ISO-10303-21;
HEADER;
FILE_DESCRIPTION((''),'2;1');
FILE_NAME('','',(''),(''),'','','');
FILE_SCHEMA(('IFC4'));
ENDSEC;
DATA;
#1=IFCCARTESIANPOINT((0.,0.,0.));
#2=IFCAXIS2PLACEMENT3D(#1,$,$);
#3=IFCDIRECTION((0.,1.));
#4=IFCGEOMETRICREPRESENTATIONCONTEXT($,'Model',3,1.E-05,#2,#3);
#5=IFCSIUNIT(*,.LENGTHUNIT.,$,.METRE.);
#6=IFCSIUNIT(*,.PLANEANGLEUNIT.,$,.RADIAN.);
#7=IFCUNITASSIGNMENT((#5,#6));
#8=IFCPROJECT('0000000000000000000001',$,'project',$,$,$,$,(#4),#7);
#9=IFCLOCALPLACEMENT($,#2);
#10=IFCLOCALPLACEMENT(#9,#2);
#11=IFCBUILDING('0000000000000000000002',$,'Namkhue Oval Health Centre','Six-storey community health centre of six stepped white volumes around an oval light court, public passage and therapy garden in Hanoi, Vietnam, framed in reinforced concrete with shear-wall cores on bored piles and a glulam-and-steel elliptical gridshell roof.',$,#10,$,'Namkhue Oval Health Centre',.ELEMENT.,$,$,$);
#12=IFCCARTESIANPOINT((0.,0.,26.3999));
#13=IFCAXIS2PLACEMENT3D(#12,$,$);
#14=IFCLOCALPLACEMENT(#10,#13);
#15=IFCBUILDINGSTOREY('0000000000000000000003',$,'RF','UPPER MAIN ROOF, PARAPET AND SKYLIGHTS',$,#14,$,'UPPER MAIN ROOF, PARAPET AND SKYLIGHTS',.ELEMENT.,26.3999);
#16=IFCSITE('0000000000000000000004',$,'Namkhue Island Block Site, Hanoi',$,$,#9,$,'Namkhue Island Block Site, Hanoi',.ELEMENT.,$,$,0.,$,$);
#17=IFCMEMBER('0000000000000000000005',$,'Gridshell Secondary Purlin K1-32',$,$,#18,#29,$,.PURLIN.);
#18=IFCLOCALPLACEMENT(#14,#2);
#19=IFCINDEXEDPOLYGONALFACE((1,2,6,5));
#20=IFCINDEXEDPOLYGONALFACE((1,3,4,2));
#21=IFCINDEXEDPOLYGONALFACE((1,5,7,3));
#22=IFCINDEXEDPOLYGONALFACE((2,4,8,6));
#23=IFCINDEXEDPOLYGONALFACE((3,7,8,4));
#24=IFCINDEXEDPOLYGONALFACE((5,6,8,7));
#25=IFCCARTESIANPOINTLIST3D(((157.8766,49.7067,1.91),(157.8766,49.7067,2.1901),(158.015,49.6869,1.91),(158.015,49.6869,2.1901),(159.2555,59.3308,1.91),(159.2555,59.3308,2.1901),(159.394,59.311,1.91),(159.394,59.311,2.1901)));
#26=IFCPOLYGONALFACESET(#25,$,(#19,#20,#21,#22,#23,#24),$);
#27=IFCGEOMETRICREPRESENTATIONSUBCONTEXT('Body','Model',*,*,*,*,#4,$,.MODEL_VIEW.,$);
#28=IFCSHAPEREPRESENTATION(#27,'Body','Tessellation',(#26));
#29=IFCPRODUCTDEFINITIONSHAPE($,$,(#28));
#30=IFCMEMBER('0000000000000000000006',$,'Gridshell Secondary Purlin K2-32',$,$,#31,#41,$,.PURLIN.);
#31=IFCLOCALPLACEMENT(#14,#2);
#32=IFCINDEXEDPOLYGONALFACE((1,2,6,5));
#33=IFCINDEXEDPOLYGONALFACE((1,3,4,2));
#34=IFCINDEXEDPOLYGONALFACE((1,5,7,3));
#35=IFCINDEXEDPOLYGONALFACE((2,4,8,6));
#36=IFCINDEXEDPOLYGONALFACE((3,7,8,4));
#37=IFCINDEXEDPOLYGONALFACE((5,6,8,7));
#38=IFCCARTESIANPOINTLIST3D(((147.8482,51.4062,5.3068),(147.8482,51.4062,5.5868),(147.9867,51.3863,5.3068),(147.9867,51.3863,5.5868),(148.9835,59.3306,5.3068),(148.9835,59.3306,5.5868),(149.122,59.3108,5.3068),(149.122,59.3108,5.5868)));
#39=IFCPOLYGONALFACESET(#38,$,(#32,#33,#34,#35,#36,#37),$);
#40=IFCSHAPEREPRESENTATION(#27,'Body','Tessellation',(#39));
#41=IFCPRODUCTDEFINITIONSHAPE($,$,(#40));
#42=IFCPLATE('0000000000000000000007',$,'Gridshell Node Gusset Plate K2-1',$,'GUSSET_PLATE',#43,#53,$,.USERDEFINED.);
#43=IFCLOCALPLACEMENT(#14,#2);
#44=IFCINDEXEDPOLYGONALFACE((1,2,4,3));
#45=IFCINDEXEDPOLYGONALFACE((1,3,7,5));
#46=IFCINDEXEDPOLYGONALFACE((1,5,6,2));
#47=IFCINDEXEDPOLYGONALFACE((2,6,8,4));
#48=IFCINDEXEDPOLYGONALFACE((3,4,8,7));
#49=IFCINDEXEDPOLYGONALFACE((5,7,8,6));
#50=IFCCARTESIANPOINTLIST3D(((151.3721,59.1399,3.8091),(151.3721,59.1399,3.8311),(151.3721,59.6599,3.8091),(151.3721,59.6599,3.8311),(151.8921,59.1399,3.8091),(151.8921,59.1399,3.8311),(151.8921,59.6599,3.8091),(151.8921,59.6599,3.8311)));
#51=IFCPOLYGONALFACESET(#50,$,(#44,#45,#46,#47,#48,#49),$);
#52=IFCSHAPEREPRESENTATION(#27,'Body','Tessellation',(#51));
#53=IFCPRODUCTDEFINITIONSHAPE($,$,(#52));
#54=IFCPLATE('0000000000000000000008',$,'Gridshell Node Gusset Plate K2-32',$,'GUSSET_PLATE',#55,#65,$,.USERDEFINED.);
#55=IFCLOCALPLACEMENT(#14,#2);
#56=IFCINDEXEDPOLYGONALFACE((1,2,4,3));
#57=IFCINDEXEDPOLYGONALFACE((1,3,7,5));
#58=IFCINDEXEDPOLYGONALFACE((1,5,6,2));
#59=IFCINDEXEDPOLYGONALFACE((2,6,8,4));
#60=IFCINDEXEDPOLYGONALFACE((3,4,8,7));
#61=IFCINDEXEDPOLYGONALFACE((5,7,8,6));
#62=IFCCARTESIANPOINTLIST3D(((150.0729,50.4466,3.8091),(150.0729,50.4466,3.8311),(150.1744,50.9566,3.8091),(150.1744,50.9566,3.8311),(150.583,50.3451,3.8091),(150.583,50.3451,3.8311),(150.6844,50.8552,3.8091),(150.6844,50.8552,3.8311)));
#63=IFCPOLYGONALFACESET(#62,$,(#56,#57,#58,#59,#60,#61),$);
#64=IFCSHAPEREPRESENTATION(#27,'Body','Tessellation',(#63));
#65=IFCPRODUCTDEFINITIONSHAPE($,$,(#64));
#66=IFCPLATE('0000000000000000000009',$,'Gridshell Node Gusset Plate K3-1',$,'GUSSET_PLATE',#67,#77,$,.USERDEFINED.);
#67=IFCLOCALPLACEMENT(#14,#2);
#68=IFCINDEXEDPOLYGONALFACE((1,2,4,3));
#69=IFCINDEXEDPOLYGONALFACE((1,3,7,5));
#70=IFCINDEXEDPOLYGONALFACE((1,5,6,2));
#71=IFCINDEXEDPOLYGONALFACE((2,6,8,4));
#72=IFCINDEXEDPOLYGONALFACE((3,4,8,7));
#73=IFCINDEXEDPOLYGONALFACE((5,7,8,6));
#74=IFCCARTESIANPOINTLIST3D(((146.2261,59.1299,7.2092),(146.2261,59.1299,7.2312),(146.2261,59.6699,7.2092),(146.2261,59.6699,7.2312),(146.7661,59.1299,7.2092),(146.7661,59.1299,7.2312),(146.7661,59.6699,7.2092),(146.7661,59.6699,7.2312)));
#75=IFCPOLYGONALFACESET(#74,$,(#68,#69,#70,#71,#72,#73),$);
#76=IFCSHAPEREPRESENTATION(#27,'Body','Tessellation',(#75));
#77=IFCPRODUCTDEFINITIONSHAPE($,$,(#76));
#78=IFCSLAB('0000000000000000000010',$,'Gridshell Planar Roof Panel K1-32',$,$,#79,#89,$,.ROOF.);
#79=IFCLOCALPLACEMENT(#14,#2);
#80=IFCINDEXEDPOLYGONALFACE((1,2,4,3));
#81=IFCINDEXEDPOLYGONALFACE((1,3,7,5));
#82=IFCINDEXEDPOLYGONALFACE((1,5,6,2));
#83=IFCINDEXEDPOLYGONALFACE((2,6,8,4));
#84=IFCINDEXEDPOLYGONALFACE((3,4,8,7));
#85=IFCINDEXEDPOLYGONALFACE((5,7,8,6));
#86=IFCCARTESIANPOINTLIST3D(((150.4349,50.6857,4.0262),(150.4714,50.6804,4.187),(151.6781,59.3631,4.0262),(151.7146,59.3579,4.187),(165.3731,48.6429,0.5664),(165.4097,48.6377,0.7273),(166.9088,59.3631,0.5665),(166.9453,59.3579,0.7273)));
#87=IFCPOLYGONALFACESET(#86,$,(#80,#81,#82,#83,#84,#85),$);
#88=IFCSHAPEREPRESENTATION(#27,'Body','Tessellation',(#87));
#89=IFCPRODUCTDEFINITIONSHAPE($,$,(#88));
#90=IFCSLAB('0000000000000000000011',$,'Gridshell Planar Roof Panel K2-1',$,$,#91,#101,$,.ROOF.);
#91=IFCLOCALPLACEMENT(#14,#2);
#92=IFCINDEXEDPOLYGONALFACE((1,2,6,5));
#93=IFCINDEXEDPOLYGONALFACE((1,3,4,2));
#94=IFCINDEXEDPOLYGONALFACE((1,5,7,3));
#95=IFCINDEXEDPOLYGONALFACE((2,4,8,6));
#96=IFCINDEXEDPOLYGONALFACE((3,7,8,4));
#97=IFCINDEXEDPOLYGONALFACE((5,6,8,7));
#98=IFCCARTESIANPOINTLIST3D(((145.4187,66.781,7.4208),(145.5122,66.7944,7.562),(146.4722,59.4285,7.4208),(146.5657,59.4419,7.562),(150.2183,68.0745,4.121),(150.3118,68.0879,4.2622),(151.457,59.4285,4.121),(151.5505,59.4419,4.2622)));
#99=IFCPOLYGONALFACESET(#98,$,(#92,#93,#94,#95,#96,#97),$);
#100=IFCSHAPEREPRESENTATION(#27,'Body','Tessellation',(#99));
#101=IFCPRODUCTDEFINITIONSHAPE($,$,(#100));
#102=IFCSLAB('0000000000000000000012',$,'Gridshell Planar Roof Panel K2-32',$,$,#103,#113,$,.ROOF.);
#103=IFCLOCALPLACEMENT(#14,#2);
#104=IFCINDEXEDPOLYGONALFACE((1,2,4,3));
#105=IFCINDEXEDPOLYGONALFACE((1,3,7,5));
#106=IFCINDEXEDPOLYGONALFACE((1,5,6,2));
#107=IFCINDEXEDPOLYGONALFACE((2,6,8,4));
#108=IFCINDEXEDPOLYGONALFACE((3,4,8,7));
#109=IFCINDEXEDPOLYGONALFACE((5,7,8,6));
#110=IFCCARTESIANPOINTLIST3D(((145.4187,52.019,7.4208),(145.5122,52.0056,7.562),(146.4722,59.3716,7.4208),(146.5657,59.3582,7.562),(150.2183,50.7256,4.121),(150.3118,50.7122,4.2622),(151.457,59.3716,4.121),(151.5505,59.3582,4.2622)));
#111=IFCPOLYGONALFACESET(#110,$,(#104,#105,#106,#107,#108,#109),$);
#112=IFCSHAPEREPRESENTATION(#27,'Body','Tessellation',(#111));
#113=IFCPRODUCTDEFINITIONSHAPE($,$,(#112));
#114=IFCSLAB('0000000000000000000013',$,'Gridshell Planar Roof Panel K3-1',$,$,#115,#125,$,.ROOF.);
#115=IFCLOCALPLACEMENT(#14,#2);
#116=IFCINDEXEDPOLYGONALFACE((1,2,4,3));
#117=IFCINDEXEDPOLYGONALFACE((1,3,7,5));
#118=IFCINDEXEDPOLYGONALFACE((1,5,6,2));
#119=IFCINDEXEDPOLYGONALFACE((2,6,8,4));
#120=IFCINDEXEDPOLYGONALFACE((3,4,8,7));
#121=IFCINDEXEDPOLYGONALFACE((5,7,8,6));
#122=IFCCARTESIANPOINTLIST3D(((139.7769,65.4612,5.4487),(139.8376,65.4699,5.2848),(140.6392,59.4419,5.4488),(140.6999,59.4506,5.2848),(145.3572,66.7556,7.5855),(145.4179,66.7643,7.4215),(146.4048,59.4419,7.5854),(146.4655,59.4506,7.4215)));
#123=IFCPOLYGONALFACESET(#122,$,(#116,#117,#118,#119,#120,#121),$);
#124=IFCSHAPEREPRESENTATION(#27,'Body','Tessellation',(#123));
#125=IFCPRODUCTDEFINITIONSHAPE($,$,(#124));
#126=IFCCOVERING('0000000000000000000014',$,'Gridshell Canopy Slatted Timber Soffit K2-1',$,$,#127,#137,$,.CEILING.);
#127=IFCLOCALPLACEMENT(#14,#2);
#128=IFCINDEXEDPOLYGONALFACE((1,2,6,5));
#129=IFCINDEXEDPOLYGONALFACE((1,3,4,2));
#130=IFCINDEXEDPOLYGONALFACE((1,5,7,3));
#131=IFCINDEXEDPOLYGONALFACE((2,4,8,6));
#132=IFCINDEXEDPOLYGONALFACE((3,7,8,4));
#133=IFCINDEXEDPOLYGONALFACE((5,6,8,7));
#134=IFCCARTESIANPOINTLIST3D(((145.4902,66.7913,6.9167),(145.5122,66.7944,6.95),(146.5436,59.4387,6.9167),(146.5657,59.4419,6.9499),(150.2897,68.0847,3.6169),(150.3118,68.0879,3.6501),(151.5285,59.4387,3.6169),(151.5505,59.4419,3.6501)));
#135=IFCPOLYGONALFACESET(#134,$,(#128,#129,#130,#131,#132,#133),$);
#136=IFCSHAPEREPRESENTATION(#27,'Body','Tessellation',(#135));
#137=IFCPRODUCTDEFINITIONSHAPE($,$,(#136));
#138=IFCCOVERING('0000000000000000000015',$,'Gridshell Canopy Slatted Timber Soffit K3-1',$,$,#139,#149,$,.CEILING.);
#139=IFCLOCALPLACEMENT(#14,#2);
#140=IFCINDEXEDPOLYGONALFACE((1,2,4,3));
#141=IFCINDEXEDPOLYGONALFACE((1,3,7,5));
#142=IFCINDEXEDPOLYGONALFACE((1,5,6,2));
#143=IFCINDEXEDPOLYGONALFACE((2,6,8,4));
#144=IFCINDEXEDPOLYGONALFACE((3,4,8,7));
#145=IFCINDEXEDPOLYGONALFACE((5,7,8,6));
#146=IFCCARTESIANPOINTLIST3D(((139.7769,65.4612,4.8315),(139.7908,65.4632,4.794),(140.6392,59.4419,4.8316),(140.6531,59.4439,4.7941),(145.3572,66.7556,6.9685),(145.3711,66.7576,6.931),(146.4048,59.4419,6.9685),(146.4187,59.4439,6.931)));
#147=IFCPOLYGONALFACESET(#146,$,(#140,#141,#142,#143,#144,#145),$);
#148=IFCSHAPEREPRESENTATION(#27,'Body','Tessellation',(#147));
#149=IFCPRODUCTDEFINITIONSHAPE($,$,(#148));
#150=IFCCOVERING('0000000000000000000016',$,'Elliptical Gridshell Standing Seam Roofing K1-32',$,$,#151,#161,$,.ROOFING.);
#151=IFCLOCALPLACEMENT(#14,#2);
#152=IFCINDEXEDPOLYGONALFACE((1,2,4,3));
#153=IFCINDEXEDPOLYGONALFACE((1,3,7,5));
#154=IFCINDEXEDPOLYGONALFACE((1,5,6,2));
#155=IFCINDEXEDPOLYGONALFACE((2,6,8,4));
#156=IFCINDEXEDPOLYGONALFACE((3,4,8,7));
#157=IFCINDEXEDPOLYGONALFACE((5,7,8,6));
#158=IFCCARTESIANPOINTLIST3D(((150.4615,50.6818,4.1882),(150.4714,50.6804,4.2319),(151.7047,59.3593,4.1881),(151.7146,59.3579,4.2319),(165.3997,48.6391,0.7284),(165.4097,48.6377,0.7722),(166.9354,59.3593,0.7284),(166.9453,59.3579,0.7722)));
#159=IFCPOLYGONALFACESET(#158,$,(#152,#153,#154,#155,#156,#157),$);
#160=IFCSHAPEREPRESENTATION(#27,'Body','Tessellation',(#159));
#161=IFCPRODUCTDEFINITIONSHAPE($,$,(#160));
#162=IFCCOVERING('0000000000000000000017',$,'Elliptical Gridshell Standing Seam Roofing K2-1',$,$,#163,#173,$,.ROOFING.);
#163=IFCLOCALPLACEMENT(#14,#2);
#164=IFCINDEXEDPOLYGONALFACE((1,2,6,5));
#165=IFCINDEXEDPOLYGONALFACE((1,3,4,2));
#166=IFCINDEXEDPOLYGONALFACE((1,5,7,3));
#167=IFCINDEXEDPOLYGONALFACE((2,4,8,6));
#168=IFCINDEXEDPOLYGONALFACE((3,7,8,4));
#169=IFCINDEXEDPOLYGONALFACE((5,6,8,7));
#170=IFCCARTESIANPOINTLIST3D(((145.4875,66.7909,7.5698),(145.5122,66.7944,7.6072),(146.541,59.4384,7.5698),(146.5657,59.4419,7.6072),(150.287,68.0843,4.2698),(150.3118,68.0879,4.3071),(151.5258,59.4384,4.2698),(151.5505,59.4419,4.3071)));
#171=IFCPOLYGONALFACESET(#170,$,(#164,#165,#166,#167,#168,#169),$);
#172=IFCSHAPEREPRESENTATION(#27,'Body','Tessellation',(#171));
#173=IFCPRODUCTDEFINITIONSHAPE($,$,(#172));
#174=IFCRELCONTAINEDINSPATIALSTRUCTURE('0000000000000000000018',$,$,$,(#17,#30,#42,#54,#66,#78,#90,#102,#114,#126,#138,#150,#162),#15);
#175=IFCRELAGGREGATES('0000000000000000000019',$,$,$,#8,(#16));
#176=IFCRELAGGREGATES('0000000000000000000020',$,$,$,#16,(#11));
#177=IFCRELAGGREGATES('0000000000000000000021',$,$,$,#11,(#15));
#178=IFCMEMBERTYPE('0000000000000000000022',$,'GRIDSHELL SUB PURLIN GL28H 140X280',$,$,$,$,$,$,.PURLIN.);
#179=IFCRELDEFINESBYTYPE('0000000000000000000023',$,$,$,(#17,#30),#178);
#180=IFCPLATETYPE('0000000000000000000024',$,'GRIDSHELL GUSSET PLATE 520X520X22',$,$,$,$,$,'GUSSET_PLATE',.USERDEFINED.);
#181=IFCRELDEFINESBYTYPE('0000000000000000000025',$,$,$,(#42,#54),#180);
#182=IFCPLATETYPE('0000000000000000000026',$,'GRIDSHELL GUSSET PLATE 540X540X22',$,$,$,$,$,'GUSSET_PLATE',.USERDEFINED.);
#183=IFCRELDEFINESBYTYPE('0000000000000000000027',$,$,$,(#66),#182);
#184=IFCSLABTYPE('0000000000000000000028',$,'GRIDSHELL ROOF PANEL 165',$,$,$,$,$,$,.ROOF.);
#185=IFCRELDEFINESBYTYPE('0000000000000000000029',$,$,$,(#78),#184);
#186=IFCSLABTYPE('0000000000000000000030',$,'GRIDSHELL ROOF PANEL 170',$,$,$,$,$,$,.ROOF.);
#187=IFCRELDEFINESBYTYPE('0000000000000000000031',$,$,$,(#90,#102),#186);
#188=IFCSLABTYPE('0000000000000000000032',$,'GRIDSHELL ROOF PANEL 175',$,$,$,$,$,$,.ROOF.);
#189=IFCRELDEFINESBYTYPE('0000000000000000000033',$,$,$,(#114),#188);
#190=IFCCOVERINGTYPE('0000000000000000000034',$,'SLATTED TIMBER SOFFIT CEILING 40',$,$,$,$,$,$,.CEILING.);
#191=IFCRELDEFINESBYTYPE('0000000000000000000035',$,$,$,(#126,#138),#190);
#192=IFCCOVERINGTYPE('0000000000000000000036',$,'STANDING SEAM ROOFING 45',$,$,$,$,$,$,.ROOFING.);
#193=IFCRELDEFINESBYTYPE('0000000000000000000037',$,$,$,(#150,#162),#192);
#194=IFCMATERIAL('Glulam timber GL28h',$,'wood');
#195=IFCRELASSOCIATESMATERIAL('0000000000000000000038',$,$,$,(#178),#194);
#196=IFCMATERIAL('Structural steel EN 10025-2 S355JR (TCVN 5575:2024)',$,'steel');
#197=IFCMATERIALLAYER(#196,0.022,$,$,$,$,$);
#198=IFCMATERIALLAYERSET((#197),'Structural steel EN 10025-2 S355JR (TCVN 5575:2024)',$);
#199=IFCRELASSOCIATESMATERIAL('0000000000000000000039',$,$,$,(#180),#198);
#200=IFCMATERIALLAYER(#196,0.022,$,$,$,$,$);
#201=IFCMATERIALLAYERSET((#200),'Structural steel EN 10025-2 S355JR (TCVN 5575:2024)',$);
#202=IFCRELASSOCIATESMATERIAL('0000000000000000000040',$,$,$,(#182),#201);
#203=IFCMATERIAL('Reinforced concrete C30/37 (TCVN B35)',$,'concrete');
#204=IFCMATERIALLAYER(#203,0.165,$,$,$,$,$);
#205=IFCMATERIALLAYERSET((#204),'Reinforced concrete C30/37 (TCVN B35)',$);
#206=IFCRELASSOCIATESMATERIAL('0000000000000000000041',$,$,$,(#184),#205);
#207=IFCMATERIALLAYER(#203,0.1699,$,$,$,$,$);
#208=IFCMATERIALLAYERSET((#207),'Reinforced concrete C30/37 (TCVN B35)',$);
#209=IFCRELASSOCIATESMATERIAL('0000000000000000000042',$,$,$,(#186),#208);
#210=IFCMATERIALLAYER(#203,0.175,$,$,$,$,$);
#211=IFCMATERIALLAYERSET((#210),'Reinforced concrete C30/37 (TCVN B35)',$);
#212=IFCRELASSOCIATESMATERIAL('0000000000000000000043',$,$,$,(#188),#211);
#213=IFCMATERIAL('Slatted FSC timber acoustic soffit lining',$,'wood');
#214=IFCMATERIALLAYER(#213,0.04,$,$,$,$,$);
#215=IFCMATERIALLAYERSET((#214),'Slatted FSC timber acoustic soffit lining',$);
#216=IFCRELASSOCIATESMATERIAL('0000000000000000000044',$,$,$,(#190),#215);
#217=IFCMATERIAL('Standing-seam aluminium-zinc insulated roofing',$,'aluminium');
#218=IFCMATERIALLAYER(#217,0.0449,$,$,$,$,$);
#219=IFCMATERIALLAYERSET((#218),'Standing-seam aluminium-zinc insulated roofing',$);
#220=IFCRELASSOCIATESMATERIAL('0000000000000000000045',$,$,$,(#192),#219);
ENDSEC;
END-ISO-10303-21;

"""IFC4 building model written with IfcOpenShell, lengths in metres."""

from ifc_helpers import new_model, si_unit, direction, frame, origin, origin_2d, place, context, subcontext, project, spatial, polyline, rectangle, outline, extrude, material, layer, layer_set, material_profile, profile_set, type_object, element, save


model = new_model("IFC4")

# Units and contexts
model_context = context("Model", 3, precision=1e-05, world=origin(), true_north=direction((0.0, 1.0)))
body_context = subcontext(model_context, "Body", "Model", "MODEL_VIEW")
ifc_project = project(units=[si_unit("LENGTHUNIT", "METRE"), si_unit("PLANEANGLEUNIT", "RADIAN")], contexts=[model_context])

# Site, building, storey
site_placement = place(None, origin())
site = spatial("IfcSite", under=ifc_project, at=site_placement, Name="Namkhue Island Block Site, Hanoi", LongName="Namkhue Island Block Site, Hanoi", CompositionType="ELEMENT", RefElevation=0.0)
building_placement = place(site_placement, origin())
building = spatial("IfcBuilding", under=site, at=building_placement, Name="Namkhue Oval Health Centre", Description="Six-storey community health centre of six stepped white volumes around an oval light court, public passage and therapy garden in Hanoi, Vietnam, framed in reinforced concrete with shear-wall cores on bored piles and a glulam-and-steel elliptical gridshell roof.", LongName="Namkhue Oval Health Centre", CompositionType="ELEMENT")
storey_placement = place(building_placement, frame((0.0, 0.0, 26.3999)))
storey = spatial("IfcBuildingStorey", under=building, at=storey_placement, Name="RF", Description="UPPER MAIN ROOF, PARAPET AND SKYLIGHTS", LongName="UPPER MAIN ROOF, PARAPET AND SKYLIGHTS", CompositionType="ELEMENT", Elevation=26.3999)

# Members
ifc_material_1 = material(Name="Structural steel EN 10025-2 S355JR (TCVN 5575:2024)", Category="steel")
ifc_material_2 = material(Name="Glulam timber GL28h", Category="wood")
ifc_material_profile_1 = material_profile(ifc_material_2, rectangle(XDim=0.1399, YDim=0.28, at=origin_2d()), Name="GL28h 140x280")
ifc_profile_set_1 = profile_set([ifc_material_profile_1], Name="Glulam timber GL28h")
member_type_1 = type_object("IfcMemberType", Name="GRIDSHELL SUB PURLIN GL28H 140X280", PredefinedType="PURLIN", material=ifc_profile_set_1)
member_1_placement = place(storey_placement, frame((157.9458, 49.6968, 2.05), z_axis=(0.141829, 0.989891, 0.0), x_axis=(-0.989891, 0.141829, 0.0)))
element("IfcMember", 1, at=member_1_placement, inside=storey, type_object=member_type_1, Name="Gridshell Secondary Purlin K1-32", PredefinedType="PURLIN", context=body_context, shape_type="SweptSolid", body=[
    extrude(rectangle(XDim=0.1399, YDim=0.28, at=origin_2d()), origin(), (0.0, 0.0, 1.0), 9.7224),
])
member_2_placement = place(storey_placement, frame((147.9175, 51.3962, 5.4468), z_axis=(0.14181, 0.989894, 0.0), x_axis=(-0.989894, 0.14181, 0.0)))
element("IfcMember", 2, at=member_2_placement, inside=storey, type_object=member_type_1, Name="Gridshell Secondary Purlin K2-32", PredefinedType="PURLIN", context=body_context, shape_type="SweptSolid", body=[
    extrude(rectangle(XDim=0.1399, YDim=0.28, at=origin_2d()), origin(), (0.0, 0.0, 1.0), 8.0054),
])

# Plates
ifc_layer_1 = layer(ifc_material_1, 0.022)
ifc_layer_set_1 = layer_set([ifc_layer_1], Name="Structural steel EN 10025-2 S355JR (TCVN 5575:2024)")
plate_type_1 = type_object("IfcPlateType", Name="GRIDSHELL GUSSET PLATE 520X520X22", ElementType="GUSSET_PLATE", PredefinedType="USERDEFINED", material=ifc_layer_set_1)
for number, where, z_axis, x_axis, name in (
    (3, (151.6321, 59.3999, 3.8091), (0.0, 0.0, 1.0), (1.0, 0.0, 0.0), "Gridshell Node Gusset Plate K2-1"),
    (4, (150.3787, 50.6509, 3.8091), (0.0, 0.0, 1.0), (0.980785, -0.19509, 0.0), "Gridshell Node Gusset Plate K2-32"),
):
    element("IfcPlate", number, at=place(storey_placement, frame(where, z_axis=z_axis, x_axis=x_axis)), inside=storey, type_object=plate_type_1, Name=name, ObjectType="GUSSET_PLATE", PredefinedType="USERDEFINED", context=body_context, shape_type="SweptSolid", body=[
        extrude(rectangle(XDim=0.52, YDim=0.52, at=origin_2d()), origin(), (0.0, 0.0, 1.0), 0.022),
    ])
ifc_layer_2 = layer(ifc_material_1, 0.022)
ifc_layer_set_2 = layer_set([ifc_layer_2], Name="Structural steel EN 10025-2 S355JR (TCVN 5575:2024)")
plate_type_2 = type_object("IfcPlateType", Name="GRIDSHELL GUSSET PLATE 540X540X22", ElementType="GUSSET_PLATE", PredefinedType="USERDEFINED", material=ifc_layer_set_2)
plate_placement = place(storey_placement, frame((146.4961, 59.3999, 7.2092), z_axis=(0.0, 0.0, 1.0), x_axis=(1.0, 0.0, 0.0)))
element("IfcPlate", 5, at=plate_placement, inside=storey, type_object=plate_type_2, Name="Gridshell Node Gusset Plate K3-1", ObjectType="GUSSET_PLATE", PredefinedType="USERDEFINED", context=body_context, shape_type="SweptSolid", body=[
    extrude(rectangle(XDim=0.54, YDim=0.54, at=origin_2d()), origin(), (0.0, 0.0, 1.0), 0.022),
])

# Slabs
ifc_material_3 = material(Name="Reinforced concrete C30/37 (TCVN B35)", Category="concrete")
ifc_layer_3 = layer(ifc_material_3, 0.165)
ifc_layer_set_3 = layer_set([ifc_layer_3], Name="Reinforced concrete C30/37 (TCVN B35)")
slab_type_1 = type_object("IfcSlabType", Name="GRIDSHELL ROOF PANEL 165", PredefinedType="ROOF", material=ifc_layer_set_3)
slab_1_placement = place(storey_placement, frame((165.4097, 48.6377, 0.7273), z_axis=(0.221399, -0.031716, 0.974668), x_axis=(0.1418, 0.989895, 0.000001)))
element("IfcSlab", 6, at=slab_1_placement, inside=storey, type_object=slab_type_1, Name="Gridshell Planar Roof Panel K1-32", PredefinedType="ROOF", context=body_context, shape_type="SweptSolid", body=[
    extrude(outline(polyline([(0.0, 0.0), (10.8296, 0.0), (8.6699, 15.4687), (-0.0962, 15.4688), (0.0, 0.0)])), origin(), (0.0, 0.0, -1.0), 0.165),
])
ifc_layer_4 = layer(ifc_material_3, 0.1699)
ifc_layer_set_4 = layer_set([ifc_layer_4], Name="Reinforced concrete C30/37 (TCVN B35)")
slab_type_2 = type_object("IfcSlabType", Name="GRIDSHELL ROOF PANEL 170", PredefinedType="ROOF", material=ifc_layer_set_4)
slab_2_placement = place(storey_placement, frame((151.5505, 59.4419, 4.2622), z_axis=(0.550264, 0.078841, 0.83126), x_axis=(-0.141829, 0.989891, -0.000001)))
element("IfcSlab", 7, at=slab_2_placement, inside=storey, type_object=slab_type_2, Name="Gridshell Planar Roof Panel K2-1", PredefinedType="ROOF", context=body_context, shape_type="SweptSolid", body=[
    extrude(outline(polyline([(0.0, 0.0), (8.7343, 0.0), (8.1346, 5.9362), (0.707, 5.9361), (0.0, 0.0)])), origin(), (0.0, 0.0, -1.0), 0.1699),
])
slab_3_placement = place(storey_placement, frame((150.3118, 50.7122, 4.2622), z_axis=(0.550264, -0.078841, 0.83126), x_axis=(0.141829, 0.989891, 0.000001)))
element("IfcSlab", 8, at=slab_3_placement, inside=storey, type_object=slab_type_2, Name="Gridshell Planar Roof Panel K2-32", PredefinedType="ROOF", context=body_context, shape_type="SweptSolid", body=[
    extrude(outline(polyline([(0.0, 0.0), (8.7343, 0.0), (8.0273, 5.9361), (0.5997, 5.9362), (0.0, 0.0)])), origin(), (0.0, 0.0, -1.0), 0.1699),
])
ifc_layer_5 = layer(ifc_material_3, 0.175)
ifc_layer_set_5 = layer_set([ifc_layer_5], Name="Reinforced concrete C30/37 (TCVN B35)")
slab_type_3 = type_object("IfcSlabType", Name="GRIDSHELL ROOF PANEL 175", PredefinedType="ROOF", material=ifc_layer_set_5)
slab_4_placement = place(storey_placement, frame((146.4048, 59.4419, 7.5854), z_axis=(-0.347068, -0.049716, 0.936521), x_axis=(-0.141792, 0.989896, 0.000003)))
element("IfcSlab", 9, at=slab_4_placement, inside=storey, type_object=slab_type_3, Name="Gridshell Planar Roof Panel K3-1", PredefinedType="ROOF", context=body_context, shape_type="SweptSolid", body=[
    extrude(outline(polyline([(0.0, 0.0), (7.3884, 0.0), (6.8983, 6.0943), (0.8175, 6.0942), (0.0, 0.0)])), origin(), (0.0, 0.0, -1.0), 0.175),
])

# Coverings
ifc_material_4 = material(Name="Slatted FSC timber acoustic soffit lining", Category="wood")
ifc_layer_6 = layer(ifc_material_4, 0.04)
ifc_layer_set_6 = layer_set([ifc_layer_6], Name="Slatted FSC timber acoustic soffit lining")
covering_type_1 = type_object("IfcCoveringType", Name="SLATTED TIMBER SOFFIT CEILING 40", PredefinedType="CEILING", material=ifc_layer_set_6)
covering_1_placement = place(storey_placement, frame((151.5505, 59.4419, 3.6501), z_axis=(0.550264, 0.078841, 0.83126), x_axis=(-0.141829, 0.989891, -0.000001)))
element("IfcCovering", 10, at=covering_1_placement, inside=storey, type_object=covering_type_1, Name="Gridshell Canopy Slatted Timber Soffit K2-1", PredefinedType="CEILING", context=body_context, shape_type="SweptSolid", body=[
    extrude(outline(polyline([(0.0, 0.0), (8.7343, 0.0), (8.1346, 5.9362), (0.707, 5.9361), (0.0, 0.0)])), origin(), (0.0, 0.0, -1.0), 0.04),
])
covering_2_placement = place(storey_placement, frame((146.4048, 59.4419, 6.9685), z_axis=(-0.347102, -0.049721, 0.936508), x_axis=(-0.141792, 0.989896, 0.000003)))
element("IfcCovering", 11, at=covering_2_placement, inside=storey, type_object=covering_type_1, Name="Gridshell Canopy Slatted Timber Soffit K3-1", PredefinedType="CEILING", context=body_context, shape_type="SweptSolid", body=[
    extrude(outline(polyline([(0.0, 0.0), (7.3884, 0.0), (6.8983, 6.0944), (0.8175, 6.0943), (0.0, 0.0)])), origin(), (0.0, 0.0, -1.0), 0.04),
])
ifc_material_5 = material(Name="Standing-seam aluminium-zinc insulated roofing", Category="aluminium")
ifc_layer_7 = layer(ifc_material_5, 0.0449)
ifc_layer_set_7 = layer_set([ifc_layer_7], Name="Standing-seam aluminium-zinc insulated roofing")
covering_type_2 = type_object("IfcCoveringType", Name="STANDING SEAM ROOFING 45", PredefinedType="ROOFING", material=ifc_layer_set_7)
covering_3_placement = place(storey_placement, frame((165.4097, 48.6377, 0.7722), z_axis=(0.221399, -0.031716, 0.974668), x_axis=(0.1418, 0.989895, 0.000001)))
element("IfcCovering", 12, at=covering_3_placement, inside=storey, type_object=covering_type_2, Name="Elliptical Gridshell Standing Seam Roofing K1-32", PredefinedType="ROOFING", context=body_context, shape_type="SweptSolid", body=[
    extrude(outline(polyline([(0.0, 0.0), (10.8296, 0.0), (8.6699, 15.4687), (-0.0962, 15.4688), (0.0, 0.0)])), origin(), (0.0, 0.0, -1.0), 0.0449),
])
covering_4_placement = place(storey_placement, frame((151.5505, 59.4419, 4.3071), z_axis=(0.550292, 0.078845, 0.831241), x_axis=(-0.141829, 0.989891, -0.000001)))
element("IfcCovering", 13, at=covering_4_placement, inside=storey, type_object=covering_type_2, Name="Elliptical Gridshell Standing Seam Roofing K2-1", PredefinedType="ROOFING", context=body_context, shape_type="SweptSolid", body=[
    extrude(outline(polyline([(0.0, 0.0), (8.7343, 0.0), (8.1346, 5.9363), (0.707, 5.9363), (0.0, 0.0)])), origin(), (0.0, 0.0, -1.0), 0.0449),
])

save(model, "model.ifc")
